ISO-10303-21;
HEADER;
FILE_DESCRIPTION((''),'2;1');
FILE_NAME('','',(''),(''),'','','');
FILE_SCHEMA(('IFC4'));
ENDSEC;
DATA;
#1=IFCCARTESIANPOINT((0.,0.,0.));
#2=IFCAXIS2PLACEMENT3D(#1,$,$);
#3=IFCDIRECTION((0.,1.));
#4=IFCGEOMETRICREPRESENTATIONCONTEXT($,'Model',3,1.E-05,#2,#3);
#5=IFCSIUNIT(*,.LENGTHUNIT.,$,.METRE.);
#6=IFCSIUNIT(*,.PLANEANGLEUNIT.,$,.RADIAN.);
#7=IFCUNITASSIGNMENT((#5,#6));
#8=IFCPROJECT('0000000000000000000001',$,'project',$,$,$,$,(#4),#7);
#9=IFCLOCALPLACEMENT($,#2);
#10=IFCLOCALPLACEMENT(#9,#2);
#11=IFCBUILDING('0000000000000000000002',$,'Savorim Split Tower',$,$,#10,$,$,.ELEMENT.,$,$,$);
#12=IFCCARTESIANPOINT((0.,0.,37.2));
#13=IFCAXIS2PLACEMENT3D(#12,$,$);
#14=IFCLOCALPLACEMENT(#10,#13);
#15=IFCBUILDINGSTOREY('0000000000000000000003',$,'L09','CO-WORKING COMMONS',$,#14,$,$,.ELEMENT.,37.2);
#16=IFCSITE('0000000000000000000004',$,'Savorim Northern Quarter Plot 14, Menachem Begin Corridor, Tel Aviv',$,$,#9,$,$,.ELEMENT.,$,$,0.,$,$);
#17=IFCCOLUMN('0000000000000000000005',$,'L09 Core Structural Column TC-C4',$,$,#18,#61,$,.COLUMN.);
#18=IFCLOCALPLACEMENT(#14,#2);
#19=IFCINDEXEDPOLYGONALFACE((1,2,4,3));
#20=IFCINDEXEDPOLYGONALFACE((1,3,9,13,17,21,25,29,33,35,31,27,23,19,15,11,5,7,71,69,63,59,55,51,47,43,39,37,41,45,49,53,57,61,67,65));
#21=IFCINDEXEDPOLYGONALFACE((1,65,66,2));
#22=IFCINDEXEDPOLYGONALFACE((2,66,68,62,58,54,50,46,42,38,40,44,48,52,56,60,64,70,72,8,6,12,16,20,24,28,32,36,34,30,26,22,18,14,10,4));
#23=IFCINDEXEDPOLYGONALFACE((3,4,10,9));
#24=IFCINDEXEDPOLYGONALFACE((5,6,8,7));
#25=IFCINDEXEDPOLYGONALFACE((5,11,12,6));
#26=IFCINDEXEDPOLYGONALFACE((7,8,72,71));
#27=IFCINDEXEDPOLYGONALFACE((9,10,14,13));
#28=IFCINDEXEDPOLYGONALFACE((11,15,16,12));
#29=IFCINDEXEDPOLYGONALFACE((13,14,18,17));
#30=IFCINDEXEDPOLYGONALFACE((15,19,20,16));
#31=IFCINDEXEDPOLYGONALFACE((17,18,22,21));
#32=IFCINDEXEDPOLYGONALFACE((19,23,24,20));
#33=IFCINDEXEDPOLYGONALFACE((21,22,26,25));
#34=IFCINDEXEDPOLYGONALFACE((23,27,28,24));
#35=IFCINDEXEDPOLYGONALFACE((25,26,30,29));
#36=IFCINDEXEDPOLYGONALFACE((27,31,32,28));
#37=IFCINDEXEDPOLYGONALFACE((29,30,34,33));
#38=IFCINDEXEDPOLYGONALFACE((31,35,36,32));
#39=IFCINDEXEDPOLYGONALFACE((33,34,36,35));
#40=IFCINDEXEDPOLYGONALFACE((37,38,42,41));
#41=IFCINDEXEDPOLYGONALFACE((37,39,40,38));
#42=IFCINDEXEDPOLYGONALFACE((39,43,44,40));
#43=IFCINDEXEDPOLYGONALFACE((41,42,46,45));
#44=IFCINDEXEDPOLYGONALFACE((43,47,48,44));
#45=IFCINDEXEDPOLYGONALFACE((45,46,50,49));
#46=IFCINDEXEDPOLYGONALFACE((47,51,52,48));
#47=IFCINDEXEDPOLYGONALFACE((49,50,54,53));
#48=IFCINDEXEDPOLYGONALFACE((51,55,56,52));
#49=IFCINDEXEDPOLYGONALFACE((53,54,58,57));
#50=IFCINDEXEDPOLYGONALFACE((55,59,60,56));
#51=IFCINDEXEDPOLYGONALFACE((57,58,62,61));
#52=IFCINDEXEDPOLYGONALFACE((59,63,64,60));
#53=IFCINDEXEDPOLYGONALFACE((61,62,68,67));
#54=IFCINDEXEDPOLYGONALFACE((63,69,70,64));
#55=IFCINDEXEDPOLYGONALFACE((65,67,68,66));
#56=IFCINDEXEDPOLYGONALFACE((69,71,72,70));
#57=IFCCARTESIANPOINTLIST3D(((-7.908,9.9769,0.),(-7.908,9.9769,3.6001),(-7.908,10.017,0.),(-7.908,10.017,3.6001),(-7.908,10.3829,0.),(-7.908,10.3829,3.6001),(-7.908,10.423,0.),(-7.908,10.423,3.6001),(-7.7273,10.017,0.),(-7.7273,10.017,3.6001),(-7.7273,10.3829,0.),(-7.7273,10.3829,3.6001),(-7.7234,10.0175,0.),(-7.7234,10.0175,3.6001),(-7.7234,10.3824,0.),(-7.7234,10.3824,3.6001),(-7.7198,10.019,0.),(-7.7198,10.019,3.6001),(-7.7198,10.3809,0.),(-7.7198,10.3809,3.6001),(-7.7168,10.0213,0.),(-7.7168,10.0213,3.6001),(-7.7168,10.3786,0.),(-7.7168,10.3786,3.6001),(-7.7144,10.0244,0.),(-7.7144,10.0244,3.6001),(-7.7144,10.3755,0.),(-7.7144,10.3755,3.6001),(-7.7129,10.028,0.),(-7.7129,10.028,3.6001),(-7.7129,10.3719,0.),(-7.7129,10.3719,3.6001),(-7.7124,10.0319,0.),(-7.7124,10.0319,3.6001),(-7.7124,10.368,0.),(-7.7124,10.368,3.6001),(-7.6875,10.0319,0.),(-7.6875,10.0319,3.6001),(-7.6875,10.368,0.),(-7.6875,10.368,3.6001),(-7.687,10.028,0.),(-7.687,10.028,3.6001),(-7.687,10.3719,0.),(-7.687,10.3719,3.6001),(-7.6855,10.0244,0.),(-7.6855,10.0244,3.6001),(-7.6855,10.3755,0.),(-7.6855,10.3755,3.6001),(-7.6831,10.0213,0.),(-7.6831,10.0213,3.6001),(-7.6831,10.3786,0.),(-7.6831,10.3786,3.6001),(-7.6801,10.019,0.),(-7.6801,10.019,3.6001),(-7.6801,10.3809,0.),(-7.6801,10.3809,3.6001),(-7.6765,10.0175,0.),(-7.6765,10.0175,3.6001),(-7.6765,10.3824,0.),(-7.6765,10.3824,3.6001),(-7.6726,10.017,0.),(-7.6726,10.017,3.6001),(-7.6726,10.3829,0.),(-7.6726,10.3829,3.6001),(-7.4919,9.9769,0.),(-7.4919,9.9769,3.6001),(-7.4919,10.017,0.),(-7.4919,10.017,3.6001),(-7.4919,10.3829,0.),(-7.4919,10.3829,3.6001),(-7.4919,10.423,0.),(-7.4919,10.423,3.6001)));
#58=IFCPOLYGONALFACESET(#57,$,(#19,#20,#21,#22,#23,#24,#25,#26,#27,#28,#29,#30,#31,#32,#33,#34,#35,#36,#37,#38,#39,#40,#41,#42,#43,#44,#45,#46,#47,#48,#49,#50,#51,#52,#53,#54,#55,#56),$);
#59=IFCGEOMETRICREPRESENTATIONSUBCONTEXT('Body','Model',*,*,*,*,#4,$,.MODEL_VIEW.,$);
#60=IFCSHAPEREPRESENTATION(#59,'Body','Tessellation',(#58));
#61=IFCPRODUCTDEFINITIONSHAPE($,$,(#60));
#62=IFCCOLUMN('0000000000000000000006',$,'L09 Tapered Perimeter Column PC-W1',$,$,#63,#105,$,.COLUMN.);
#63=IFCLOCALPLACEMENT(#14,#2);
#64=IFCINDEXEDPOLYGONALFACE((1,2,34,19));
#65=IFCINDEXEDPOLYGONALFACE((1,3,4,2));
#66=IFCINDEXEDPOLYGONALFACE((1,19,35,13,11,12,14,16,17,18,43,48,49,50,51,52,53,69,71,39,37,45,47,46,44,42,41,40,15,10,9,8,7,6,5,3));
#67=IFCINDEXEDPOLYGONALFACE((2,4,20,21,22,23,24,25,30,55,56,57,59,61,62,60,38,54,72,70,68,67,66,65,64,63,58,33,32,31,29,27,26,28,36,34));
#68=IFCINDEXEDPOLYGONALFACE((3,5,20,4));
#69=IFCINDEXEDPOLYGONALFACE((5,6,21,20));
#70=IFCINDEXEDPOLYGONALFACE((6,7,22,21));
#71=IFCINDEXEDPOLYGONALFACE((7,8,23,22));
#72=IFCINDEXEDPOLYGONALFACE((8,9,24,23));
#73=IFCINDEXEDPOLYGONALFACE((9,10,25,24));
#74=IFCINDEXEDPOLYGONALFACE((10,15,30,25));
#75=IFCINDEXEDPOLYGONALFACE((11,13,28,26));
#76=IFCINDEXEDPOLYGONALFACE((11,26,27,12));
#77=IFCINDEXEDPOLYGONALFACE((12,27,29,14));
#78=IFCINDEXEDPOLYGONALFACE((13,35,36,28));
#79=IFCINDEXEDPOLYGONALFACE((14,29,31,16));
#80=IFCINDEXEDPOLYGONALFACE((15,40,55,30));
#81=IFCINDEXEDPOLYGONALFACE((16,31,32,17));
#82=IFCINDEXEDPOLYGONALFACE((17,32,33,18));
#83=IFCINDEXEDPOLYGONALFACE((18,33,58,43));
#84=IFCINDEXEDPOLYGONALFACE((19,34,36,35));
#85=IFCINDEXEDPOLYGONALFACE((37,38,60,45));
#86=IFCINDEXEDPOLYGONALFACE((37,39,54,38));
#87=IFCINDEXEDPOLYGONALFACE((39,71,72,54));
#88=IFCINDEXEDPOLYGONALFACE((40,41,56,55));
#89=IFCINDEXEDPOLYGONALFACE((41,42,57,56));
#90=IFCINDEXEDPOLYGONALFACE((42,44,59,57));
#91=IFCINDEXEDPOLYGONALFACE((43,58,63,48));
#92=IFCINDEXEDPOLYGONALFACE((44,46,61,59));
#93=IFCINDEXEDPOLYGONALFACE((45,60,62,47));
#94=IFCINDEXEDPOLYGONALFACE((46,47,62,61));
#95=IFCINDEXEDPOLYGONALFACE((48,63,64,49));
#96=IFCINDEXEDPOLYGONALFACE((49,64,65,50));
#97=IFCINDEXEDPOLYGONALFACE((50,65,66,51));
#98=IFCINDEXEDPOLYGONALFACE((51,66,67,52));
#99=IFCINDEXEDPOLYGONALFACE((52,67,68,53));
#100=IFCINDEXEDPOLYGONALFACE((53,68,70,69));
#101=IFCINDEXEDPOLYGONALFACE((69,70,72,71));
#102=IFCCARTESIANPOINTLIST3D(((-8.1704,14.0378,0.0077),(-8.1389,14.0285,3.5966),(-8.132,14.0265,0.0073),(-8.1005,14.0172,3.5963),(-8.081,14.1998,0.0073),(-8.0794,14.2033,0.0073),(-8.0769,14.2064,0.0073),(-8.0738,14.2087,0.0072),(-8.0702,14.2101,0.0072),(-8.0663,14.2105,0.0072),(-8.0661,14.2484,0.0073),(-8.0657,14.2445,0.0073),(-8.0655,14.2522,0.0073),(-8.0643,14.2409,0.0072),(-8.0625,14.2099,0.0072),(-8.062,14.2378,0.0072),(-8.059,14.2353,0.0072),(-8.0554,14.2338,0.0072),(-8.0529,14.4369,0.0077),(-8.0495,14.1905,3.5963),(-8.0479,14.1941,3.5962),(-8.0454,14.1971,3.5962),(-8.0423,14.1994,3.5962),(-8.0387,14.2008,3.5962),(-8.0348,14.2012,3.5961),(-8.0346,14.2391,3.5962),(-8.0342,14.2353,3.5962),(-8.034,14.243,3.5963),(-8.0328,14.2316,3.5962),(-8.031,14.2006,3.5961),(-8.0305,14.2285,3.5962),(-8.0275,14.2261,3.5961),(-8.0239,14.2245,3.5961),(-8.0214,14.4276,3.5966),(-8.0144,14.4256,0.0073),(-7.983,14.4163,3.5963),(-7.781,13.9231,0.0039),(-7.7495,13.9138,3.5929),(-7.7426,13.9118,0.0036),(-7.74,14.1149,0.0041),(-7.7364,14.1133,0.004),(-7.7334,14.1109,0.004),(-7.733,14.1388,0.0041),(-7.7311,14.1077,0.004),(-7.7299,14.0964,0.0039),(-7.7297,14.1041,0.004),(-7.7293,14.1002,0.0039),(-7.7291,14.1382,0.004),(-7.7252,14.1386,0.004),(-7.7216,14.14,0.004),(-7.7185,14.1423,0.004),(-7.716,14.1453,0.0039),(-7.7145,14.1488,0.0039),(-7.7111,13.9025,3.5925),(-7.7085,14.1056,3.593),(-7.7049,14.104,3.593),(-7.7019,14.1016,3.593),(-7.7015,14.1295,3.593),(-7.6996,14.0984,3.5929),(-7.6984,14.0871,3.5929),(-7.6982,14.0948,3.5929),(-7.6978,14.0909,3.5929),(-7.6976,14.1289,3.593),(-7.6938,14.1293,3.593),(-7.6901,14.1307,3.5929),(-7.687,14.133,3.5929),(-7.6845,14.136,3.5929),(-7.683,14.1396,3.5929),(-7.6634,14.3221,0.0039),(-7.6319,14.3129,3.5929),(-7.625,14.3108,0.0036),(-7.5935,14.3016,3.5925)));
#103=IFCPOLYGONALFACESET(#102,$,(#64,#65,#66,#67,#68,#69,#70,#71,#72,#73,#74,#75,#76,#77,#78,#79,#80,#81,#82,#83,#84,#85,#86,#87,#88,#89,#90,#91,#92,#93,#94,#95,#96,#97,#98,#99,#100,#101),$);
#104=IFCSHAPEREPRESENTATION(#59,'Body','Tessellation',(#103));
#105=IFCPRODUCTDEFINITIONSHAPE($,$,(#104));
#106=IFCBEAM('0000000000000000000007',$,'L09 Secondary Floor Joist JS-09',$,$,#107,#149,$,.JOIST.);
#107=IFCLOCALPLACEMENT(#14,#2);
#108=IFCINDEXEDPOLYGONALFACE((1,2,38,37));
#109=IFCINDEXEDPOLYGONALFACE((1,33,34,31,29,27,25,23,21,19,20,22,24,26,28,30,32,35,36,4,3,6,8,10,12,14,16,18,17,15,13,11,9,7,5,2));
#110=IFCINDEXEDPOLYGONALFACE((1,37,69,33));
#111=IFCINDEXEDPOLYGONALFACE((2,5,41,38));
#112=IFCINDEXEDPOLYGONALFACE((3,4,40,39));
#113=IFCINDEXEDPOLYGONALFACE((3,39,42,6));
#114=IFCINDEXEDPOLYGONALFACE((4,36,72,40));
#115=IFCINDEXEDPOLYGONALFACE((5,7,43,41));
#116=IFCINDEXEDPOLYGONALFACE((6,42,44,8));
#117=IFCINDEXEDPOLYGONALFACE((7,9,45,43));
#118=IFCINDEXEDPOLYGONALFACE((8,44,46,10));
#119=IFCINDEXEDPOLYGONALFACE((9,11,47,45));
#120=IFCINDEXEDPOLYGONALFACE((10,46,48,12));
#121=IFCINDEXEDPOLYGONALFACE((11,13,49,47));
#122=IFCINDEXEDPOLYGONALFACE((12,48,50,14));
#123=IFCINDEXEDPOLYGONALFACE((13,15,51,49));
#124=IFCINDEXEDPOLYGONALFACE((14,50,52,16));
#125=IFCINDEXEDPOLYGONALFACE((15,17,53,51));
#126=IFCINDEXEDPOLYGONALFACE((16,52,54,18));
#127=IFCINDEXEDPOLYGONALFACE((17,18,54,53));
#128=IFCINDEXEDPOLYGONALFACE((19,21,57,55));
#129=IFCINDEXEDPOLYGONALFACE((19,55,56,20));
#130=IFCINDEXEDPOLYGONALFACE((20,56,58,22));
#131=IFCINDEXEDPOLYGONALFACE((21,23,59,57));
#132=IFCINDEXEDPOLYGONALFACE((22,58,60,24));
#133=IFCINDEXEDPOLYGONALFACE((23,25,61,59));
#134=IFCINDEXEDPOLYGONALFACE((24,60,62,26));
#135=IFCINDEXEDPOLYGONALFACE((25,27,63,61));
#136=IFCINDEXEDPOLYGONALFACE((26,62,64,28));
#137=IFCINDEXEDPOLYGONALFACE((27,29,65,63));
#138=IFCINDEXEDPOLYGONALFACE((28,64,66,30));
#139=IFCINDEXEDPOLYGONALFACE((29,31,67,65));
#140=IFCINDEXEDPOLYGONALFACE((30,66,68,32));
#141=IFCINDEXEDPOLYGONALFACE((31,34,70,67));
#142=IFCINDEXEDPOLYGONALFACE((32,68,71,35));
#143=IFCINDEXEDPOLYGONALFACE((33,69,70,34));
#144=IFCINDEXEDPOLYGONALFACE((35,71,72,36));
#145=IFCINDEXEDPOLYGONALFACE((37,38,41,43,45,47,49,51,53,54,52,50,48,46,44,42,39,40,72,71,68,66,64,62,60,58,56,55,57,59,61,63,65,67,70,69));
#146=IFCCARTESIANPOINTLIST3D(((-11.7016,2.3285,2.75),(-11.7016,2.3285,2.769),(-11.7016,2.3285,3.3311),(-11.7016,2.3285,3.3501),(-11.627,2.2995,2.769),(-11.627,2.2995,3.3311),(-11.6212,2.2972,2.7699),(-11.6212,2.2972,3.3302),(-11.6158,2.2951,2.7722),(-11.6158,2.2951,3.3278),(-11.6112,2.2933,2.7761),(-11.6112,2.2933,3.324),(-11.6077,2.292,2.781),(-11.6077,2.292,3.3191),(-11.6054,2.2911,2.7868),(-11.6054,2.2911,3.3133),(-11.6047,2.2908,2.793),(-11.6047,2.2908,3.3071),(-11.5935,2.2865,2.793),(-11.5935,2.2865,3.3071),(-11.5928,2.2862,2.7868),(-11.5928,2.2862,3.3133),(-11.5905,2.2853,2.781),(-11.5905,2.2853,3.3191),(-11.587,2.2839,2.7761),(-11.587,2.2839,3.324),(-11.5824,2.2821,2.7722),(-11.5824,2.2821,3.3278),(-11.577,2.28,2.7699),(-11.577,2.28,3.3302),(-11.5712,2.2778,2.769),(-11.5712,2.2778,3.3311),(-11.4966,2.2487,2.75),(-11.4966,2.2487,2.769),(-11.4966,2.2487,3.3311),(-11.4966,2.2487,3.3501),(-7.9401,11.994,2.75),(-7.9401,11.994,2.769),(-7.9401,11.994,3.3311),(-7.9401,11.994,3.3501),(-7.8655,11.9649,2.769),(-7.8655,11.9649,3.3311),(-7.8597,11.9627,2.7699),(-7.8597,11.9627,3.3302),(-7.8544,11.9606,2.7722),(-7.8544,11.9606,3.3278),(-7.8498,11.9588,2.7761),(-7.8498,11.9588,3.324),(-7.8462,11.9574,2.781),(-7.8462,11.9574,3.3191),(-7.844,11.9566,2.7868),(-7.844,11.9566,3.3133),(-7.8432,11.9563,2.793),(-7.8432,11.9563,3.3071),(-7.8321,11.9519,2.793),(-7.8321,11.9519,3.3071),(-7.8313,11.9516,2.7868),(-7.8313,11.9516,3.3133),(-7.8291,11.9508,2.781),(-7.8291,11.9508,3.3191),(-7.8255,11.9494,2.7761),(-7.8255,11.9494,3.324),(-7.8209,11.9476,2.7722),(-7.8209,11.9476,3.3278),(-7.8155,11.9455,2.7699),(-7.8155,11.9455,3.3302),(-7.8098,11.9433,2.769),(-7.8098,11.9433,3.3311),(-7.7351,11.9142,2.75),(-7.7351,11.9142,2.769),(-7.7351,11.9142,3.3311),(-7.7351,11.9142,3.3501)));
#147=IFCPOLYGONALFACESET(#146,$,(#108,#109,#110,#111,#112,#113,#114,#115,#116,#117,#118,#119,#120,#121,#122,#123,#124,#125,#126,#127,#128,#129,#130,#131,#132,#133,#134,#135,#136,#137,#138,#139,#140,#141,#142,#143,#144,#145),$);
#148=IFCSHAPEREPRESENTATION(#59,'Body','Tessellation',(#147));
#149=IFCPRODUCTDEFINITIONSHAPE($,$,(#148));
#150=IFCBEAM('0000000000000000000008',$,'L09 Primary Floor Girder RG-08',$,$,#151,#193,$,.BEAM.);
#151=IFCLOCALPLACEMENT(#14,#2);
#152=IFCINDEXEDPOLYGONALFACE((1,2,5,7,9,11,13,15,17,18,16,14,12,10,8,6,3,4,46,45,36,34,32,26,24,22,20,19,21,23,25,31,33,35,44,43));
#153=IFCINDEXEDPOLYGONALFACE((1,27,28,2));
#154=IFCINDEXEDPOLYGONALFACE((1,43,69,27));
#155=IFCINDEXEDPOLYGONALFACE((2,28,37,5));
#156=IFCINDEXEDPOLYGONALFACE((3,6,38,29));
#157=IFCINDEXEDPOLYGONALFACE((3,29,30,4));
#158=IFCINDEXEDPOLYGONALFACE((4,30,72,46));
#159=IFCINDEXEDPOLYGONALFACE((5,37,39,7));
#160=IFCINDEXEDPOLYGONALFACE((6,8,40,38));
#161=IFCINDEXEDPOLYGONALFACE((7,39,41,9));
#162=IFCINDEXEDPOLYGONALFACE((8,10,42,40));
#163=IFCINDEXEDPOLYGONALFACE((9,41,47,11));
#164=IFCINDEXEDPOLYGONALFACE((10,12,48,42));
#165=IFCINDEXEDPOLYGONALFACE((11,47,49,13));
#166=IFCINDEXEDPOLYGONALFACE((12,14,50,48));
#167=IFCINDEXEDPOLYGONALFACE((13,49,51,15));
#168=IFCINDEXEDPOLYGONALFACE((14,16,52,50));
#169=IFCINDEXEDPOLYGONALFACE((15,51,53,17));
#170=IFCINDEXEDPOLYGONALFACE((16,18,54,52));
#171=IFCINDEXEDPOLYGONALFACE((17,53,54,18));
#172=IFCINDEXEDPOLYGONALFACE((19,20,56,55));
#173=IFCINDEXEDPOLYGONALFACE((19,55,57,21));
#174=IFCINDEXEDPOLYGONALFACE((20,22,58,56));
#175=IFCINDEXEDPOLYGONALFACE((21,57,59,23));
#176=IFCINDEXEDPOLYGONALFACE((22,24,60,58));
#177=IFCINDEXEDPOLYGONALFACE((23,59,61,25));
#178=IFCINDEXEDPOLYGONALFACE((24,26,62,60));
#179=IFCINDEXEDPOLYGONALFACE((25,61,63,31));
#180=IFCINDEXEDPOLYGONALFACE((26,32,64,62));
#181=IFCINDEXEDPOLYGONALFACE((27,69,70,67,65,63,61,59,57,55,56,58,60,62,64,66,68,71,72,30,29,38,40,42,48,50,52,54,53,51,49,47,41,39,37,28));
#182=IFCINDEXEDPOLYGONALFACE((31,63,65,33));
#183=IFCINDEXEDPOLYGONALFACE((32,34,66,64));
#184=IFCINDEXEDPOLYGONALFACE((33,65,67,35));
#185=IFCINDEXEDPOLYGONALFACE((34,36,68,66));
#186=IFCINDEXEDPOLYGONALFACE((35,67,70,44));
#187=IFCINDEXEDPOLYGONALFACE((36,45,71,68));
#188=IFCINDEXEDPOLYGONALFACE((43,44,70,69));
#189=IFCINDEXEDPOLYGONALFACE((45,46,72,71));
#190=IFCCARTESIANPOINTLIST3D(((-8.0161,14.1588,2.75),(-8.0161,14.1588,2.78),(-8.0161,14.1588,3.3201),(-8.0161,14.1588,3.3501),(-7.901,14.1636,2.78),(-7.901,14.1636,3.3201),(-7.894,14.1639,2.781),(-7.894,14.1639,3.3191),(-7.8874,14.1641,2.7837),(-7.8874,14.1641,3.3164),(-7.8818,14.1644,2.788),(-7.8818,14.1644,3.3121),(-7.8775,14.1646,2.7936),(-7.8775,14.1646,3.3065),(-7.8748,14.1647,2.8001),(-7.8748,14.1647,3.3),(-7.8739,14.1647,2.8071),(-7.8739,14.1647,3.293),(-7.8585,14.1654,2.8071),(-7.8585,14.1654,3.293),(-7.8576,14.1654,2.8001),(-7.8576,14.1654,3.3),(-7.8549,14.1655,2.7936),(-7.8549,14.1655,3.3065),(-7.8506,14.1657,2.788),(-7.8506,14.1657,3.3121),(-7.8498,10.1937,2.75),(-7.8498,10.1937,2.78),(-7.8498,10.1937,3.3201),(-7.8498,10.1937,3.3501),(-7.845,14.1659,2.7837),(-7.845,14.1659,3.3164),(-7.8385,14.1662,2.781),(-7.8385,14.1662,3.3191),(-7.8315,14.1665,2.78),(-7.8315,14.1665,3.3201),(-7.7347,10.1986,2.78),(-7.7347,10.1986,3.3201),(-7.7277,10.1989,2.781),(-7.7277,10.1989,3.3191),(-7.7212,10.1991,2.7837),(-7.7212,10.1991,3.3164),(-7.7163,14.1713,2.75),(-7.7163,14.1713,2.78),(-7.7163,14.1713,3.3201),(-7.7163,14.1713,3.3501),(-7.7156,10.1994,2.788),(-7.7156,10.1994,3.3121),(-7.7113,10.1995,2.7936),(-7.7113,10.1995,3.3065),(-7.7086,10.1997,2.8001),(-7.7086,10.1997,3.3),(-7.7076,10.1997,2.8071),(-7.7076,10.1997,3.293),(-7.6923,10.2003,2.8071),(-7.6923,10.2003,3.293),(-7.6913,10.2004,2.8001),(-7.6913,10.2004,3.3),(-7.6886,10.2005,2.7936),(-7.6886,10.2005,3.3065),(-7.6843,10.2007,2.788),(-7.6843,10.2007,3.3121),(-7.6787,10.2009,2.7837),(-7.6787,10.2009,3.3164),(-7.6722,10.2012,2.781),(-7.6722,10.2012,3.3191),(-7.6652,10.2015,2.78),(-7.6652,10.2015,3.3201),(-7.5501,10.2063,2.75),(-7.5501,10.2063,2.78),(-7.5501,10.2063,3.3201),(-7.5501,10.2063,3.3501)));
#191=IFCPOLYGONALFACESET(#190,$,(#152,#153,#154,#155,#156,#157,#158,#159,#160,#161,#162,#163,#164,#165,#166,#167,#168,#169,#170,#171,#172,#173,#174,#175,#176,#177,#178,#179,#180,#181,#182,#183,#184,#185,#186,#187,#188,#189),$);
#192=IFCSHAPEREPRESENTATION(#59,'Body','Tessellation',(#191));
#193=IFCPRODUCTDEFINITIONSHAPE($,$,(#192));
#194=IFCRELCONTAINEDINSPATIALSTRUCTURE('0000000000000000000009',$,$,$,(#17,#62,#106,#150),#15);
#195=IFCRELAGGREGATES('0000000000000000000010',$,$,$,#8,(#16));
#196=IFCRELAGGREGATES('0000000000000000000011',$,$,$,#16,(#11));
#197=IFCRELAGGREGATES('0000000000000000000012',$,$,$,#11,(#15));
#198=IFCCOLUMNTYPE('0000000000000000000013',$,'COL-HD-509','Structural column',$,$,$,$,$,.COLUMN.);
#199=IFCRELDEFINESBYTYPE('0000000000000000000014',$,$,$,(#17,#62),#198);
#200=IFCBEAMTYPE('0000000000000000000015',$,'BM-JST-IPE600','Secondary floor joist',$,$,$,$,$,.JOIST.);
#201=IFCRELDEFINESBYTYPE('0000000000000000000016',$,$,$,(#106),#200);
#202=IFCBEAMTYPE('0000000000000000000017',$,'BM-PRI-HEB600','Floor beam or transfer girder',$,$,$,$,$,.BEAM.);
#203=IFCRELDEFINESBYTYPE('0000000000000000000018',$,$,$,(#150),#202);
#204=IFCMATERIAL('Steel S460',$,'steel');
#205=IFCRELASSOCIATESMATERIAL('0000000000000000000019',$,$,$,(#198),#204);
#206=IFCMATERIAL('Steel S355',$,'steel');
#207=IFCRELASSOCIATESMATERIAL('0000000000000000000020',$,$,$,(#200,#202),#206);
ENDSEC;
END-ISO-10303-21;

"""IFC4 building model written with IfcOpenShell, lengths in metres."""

from ifc_helpers import new_model, si_unit, direction, frame, origin, origin_2d, place, context, subcontext, project, spatial, i_section, extrude, material, material_profile, profile_set, type_object, element, save


model = new_model("IFC4")

# Units and contexts
model_context = context("Model", 3, precision=1e-05, world=origin(), true_north=direction((0.0, 1.0)))
body_context = subcontext(model_context, "Body", "Model", "MODEL_VIEW")
ifc_project = project(units=[si_unit("LENGTHUNIT", "METRE"), si_unit("PLANEANGLEUNIT", "RADIAN")], contexts=[model_context])

# Site, building, storey
site_placement = place(None, origin())
site = spatial("IfcSite", under=ifc_project, at=site_placement, Name="Savorim Northern Quarter Plot 14, Menachem Begin Corridor, Tel Aviv", CompositionType="ELEMENT", RefElevation=0.0)
building_placement = place(site_placement, origin())
building = spatial("IfcBuilding", under=site, at=building_placement, Name="Savorim Split Tower", CompositionType="ELEMENT")
storey_placement = place(building_placement, frame((0.0, 0.0, 37.2)))
storey = spatial("IfcBuildingStorey", under=building, at=storey_placement, Name="L09", Description="CO-WORKING COMMONS", CompositionType="ELEMENT", Elevation=37.2)

# Columns
ifc_material_1 = material(Name="Steel S460", Category="steel")
ifc_material_profile_1 = material_profile(ifc_material_1, i_section(OverallWidth=0.416, OverallDepth=0.446, WebThickness=0.0249, FlangeThickness=0.04, FilletRadius=0.0149, at=origin_2d()), Name="HD 400x509")
ifc_profile_set_1 = profile_set([ifc_material_profile_1], Name="Steel S460")
column_type = type_object("IfcColumnType", Name="COL-HD-509", Description="Structural column", PredefinedType="COLUMN", material=ifc_profile_set_1)
column_1_placement = place(storey_placement, frame((-7.7, 10.2, 0.0), z_axis=(0.0, 0.0, 1.0), x_axis=(1.0, 0.0, 0.0)))
element("IfcColumn", 1, at=column_1_placement, inside=storey, type_object=column_type, Name="L09 Core Structural Column TC-C4", PredefinedType="COLUMN", context=body_context, shape_type="SweptSolid", body=[
    extrude(i_section(OverallWidth=0.416, OverallDepth=0.446, WebThickness=0.0249, FlangeThickness=0.04, FilletRadius=0.0149, at=origin_2d()), origin(), (0.0, 0.0, 1.0), 3.6001),
])
column_2_placement = place(storey_placement, frame((-7.8977, 14.1743, 0.0056), z_axis=(0.008775, -0.002585, 0.999958), x_axis=(0.282569, 0.959247, 0.0)))
element("IfcColumn", 2, at=column_2_placement, inside=storey, type_object=column_type, Name="L09 Tapered Perimeter Column PC-W1", PredefinedType="COLUMN", context=body_context, shape_type="SweptSolid", body=[
    extrude(i_section(OverallWidth=0.416, OverallDepth=0.446, WebThickness=0.0249, FlangeThickness=0.04, FilletRadius=0.0149, at=origin_2d()), origin(), (0.0, 0.0, 1.0), 3.5891),
])

# Beams
ifc_material_2 = material(Name="Steel S355", Category="steel")
ifc_material_profile_2 = material_profile(ifc_material_2, i_section(OverallWidth=0.22, OverallDepth=0.6001, WebThickness=0.012, FlangeThickness=0.019, FilletRadius=0.0239, at=origin_2d()), Name="IPE 600")
ifc_profile_set_2 = profile_set([ifc_material_profile_2], Name="Steel S355")
beam_type_1 = type_object("IfcBeamType", Name="BM-JST-IPE600", Description="Secondary floor joist", PredefinedType="JOIST", material=ifc_profile_set_2)
beam_1_placement = place(storey_placement, frame((-7.8376, 11.9541, 3.05), z_axis=(-0.362669, -0.931918, 0.0), x_axis=(0.931918, -0.362669, 0.0)))
element("IfcBeam", 3, at=beam_1_placement, inside=storey, type_object=beam_type_1, Name="L09 Secondary Floor Joist JS-09", PredefinedType="JOIST", context=body_context, shape_type="SweptSolid", body=[
    extrude(i_section(OverallWidth=0.22, OverallDepth=0.6001, WebThickness=0.012, FlangeThickness=0.019, FilletRadius=0.0239, at=origin_2d()), origin(), (0.0, 0.0, 1.0), 10.3716),
])
ifc_material_profile_3 = material_profile(ifc_material_2, i_section(OverallWidth=0.3, OverallDepth=0.6001, WebThickness=0.0154, FlangeThickness=0.03, FilletRadius=0.0271, at=origin_2d()), Name="HEB 600")
ifc_profile_set_3 = profile_set([ifc_material_profile_3], Name="Steel S355")
beam_type_2 = type_object("IfcBeamType", Name="BM-PRI-HEB600", Description="Floor beam or transfer girder", PredefinedType="BEAM", material=ifc_profile_set_3)
beam_2_placement = place(storey_placement, frame((-7.8662, 14.165, 3.05), z_axis=(0.041894, -0.999122, 0.0), x_axis=(0.999122, 0.041894, 0.0)))
element("IfcBeam", 4, at=beam_2_placement, inside=storey, type_object=beam_type_2, Name="L09 Primary Floor Girder RG-08", PredefinedType="BEAM", context=body_context, shape_type="SweptSolid", body=[
    extrude(i_section(OverallWidth=0.3, OverallDepth=0.6001, WebThickness=0.0154, FlangeThickness=0.03, FilletRadius=0.0271, at=origin_2d()), origin(), (0.0, 0.0, 1.0), 3.9685),
])

save(model, "model.ifc")
